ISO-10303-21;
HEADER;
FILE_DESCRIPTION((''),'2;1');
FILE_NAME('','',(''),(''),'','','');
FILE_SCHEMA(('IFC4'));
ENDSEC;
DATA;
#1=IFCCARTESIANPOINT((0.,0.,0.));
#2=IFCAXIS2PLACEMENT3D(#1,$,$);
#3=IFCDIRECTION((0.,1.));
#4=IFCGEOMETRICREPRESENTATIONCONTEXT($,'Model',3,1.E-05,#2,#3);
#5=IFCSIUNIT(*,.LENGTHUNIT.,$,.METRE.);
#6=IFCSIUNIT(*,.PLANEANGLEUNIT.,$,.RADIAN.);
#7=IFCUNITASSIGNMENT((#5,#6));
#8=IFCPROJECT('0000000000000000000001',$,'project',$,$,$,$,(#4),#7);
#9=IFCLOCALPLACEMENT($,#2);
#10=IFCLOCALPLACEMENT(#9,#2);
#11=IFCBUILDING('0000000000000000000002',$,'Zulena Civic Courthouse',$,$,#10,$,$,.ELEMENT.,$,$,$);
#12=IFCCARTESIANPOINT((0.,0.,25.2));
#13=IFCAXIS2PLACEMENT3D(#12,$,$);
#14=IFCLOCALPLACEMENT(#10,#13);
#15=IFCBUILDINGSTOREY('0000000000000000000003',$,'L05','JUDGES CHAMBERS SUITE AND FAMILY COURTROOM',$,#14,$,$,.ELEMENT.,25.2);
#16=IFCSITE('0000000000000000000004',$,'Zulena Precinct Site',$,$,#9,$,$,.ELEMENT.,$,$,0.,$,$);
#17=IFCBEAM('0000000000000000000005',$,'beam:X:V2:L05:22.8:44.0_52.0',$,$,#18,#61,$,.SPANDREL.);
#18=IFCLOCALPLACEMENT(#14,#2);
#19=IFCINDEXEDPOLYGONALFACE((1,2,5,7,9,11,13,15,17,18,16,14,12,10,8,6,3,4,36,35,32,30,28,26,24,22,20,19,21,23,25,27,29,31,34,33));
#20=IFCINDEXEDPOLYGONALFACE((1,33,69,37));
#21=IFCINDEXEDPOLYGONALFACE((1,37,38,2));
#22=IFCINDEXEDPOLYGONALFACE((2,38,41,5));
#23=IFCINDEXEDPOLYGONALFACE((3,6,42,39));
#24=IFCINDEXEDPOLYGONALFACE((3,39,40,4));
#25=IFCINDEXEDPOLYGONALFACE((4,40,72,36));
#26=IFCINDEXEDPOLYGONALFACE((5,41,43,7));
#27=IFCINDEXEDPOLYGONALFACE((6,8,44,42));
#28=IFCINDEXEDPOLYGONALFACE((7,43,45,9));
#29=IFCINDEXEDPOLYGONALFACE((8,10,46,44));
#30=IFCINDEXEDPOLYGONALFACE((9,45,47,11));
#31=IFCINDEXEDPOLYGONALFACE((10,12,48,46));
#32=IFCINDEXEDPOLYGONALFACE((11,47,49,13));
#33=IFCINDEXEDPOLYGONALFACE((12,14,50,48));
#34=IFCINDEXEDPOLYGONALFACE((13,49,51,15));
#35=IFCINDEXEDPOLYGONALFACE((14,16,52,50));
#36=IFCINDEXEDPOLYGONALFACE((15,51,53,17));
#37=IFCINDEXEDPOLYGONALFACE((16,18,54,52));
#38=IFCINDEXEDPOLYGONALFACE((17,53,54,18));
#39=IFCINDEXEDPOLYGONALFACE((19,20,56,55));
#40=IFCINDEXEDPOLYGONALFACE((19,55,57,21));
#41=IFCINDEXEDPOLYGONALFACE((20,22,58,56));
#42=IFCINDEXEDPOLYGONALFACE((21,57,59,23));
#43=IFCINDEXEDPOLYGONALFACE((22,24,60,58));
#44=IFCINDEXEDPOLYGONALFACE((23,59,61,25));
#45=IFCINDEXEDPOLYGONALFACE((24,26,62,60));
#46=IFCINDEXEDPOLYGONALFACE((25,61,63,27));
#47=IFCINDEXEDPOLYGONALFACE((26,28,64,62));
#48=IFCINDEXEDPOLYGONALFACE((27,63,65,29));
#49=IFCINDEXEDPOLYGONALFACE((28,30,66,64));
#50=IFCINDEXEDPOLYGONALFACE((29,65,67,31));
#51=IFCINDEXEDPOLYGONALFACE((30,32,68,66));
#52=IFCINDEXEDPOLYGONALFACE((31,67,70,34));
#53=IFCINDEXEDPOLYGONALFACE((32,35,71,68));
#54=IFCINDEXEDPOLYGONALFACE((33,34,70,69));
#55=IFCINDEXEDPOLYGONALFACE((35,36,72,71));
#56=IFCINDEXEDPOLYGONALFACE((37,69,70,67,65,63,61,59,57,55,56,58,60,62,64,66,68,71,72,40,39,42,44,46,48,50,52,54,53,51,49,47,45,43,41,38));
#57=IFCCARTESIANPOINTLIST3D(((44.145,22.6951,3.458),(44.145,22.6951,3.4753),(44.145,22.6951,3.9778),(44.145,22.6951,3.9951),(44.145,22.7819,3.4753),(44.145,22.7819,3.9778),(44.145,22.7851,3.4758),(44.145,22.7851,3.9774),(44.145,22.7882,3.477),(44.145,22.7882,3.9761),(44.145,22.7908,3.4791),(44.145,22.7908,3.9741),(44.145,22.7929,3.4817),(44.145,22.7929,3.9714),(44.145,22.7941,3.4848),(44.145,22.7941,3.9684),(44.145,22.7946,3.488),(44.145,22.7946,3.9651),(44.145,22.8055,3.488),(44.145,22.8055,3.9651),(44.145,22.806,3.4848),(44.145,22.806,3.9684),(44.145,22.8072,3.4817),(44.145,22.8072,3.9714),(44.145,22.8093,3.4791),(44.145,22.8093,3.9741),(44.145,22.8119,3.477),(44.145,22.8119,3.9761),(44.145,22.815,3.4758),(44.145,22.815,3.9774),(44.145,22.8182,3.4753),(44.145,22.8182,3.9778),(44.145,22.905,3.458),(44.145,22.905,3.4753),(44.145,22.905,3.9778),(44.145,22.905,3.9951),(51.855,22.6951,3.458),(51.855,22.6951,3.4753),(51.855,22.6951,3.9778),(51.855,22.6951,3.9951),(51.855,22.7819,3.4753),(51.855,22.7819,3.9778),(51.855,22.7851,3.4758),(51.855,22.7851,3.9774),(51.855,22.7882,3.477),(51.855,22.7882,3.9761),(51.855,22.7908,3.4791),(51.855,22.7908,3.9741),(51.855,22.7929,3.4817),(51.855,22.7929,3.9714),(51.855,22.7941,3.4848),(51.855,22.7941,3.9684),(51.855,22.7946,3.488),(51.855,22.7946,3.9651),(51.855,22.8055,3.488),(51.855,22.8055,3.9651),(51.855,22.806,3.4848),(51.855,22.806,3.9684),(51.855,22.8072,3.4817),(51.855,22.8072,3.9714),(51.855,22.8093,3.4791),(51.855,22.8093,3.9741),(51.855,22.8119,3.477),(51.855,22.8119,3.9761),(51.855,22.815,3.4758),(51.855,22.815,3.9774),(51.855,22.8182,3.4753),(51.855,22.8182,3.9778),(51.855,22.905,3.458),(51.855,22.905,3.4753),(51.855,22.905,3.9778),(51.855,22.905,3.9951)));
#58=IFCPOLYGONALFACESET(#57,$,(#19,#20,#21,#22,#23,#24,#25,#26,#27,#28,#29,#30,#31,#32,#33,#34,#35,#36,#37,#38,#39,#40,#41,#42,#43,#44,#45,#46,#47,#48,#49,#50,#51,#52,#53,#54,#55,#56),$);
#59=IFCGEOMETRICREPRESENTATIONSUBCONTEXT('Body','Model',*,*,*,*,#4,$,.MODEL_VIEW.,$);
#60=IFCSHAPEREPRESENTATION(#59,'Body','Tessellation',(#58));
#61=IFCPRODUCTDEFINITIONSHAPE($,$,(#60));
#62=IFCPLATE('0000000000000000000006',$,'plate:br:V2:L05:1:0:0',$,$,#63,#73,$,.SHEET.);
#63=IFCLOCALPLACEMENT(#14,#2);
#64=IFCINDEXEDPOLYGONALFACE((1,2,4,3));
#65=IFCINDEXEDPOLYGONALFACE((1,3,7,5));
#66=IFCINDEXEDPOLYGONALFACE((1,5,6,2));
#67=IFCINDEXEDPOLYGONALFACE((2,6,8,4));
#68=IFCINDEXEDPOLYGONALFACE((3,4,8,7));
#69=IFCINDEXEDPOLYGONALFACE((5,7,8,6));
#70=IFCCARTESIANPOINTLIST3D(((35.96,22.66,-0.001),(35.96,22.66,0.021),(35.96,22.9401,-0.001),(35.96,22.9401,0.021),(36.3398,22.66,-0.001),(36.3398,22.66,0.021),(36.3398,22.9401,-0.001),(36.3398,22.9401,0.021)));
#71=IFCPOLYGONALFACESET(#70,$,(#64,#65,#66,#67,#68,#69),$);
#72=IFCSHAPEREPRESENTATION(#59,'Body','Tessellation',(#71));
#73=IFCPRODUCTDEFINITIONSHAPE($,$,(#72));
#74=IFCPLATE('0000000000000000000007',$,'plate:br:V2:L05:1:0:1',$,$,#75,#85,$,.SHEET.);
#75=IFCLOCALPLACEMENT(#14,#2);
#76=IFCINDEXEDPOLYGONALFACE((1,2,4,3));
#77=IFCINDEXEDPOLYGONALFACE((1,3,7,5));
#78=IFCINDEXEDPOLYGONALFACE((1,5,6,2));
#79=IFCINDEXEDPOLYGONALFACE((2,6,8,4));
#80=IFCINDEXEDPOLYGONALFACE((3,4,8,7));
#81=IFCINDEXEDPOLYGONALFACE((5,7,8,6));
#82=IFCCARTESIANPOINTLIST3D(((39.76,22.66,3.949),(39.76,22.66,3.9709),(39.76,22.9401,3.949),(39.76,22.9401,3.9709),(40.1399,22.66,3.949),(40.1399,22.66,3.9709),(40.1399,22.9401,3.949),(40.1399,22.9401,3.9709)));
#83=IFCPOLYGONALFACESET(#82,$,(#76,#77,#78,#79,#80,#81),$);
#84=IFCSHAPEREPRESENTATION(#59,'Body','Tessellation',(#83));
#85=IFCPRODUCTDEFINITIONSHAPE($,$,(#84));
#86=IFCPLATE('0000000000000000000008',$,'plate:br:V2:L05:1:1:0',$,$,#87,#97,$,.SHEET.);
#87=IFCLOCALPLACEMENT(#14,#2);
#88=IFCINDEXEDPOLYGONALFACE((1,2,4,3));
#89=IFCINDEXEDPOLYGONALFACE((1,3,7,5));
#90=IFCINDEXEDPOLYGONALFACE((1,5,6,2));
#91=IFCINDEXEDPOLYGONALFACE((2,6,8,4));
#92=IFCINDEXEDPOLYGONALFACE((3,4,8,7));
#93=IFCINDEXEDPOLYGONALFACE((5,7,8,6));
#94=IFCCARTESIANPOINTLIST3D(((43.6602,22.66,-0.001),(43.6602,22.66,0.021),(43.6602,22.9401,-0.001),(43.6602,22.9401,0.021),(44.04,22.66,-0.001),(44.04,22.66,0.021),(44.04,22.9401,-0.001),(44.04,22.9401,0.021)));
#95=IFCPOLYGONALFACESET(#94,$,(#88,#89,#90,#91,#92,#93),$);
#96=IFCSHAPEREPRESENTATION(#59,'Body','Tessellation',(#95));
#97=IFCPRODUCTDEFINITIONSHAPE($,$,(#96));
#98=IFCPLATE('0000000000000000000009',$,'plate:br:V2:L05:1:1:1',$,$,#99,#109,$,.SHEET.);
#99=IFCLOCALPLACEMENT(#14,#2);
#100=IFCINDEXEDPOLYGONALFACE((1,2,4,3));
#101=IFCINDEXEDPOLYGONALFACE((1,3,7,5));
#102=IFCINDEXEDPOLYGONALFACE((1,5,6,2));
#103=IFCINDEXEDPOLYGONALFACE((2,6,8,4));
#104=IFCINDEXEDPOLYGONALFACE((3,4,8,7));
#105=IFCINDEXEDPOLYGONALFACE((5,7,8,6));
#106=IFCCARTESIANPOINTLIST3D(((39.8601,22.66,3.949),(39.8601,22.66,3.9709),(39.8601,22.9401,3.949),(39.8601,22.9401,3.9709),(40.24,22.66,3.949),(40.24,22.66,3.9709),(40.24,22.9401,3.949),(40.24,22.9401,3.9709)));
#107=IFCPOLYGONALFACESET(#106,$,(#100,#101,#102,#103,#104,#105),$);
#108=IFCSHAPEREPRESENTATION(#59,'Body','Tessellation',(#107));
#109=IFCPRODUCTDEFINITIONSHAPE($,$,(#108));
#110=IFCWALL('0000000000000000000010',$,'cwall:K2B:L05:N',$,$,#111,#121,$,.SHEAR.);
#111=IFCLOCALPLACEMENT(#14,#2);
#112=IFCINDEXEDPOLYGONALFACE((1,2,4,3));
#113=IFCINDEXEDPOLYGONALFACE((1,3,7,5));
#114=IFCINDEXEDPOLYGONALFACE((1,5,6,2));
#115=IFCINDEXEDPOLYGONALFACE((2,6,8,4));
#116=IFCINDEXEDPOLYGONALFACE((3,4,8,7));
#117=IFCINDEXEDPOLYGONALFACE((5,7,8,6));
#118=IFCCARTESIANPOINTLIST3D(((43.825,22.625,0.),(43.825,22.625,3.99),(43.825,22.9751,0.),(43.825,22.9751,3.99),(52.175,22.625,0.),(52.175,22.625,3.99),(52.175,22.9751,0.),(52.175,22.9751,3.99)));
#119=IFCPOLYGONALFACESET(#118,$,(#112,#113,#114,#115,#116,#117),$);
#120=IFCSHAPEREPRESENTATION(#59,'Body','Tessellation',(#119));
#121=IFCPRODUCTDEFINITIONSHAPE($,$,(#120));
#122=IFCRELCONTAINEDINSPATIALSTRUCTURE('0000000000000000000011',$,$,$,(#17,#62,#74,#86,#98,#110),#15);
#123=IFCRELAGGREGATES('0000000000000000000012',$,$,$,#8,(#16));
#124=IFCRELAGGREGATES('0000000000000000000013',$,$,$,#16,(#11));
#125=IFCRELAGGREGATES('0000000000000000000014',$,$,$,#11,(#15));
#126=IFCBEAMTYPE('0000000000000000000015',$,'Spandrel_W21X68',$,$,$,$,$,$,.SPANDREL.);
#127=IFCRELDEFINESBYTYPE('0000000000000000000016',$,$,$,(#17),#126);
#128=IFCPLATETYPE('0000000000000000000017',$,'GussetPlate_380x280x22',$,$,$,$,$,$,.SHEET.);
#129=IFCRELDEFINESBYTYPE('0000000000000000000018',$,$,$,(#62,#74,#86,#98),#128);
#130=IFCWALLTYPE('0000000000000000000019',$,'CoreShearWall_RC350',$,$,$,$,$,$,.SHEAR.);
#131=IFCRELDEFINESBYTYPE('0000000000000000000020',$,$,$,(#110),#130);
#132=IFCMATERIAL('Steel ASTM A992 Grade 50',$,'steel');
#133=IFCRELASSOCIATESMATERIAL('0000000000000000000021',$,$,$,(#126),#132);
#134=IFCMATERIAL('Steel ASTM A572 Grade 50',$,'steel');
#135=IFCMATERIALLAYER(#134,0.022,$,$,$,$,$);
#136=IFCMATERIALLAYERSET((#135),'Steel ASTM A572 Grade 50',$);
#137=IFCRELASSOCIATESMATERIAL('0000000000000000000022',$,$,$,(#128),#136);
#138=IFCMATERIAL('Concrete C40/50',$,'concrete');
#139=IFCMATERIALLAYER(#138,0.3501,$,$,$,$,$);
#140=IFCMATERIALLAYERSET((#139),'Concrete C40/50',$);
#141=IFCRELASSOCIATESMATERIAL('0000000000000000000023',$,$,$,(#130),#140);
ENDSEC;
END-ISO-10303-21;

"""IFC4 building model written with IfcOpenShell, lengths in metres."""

from ifc_helpers import new_model, si_unit, direction, frame, frame_2d, origin, origin_2d, place, context, subcontext, project, spatial, rectangle, i_section, extrude, material, layer, layer_set, material_profile, profile_set, type_object, element, save


model = new_model("IFC4")

# Units and contexts
model_context = context("Model", 3, precision=1e-05, world=origin(), true_north=direction((0.0, 1.0)))
body_context = subcontext(model_context, "Body", "Model", "MODEL_VIEW")
ifc_project = project(units=[si_unit("LENGTHUNIT", "METRE"), si_unit("PLANEANGLEUNIT", "RADIAN")], contexts=[model_context])

# Site, building, storey
site_placement = place(None, origin())
site = spatial("IfcSite", under=ifc_project, at=site_placement, Name="Zulena Precinct Site", CompositionType="ELEMENT", RefElevation=0.0)
building_placement = place(site_placement, origin())
building = spatial("IfcBuilding", under=site, at=building_placement, Name="Zulena Civic Courthouse", CompositionType="ELEMENT")
storey_placement = place(building_placement, frame((0.0, 0.0, 25.2)))
storey = spatial("IfcBuildingStorey", under=building, at=storey_placement, Name="L05", Description="JUDGES CHAMBERS SUITE AND FAMILY COURTROOM", CompositionType="ELEMENT", Elevation=25.2)

# Shared definitions
ifc_material_1 = material(Name="Steel ASTM A992 Grade 50", Category="steel")

# Beam
ifc_material_profile_1 = material_profile(ifc_material_1, i_section(OverallWidth=0.21, OverallDepth=0.5371, WebThickness=0.011, FlangeThickness=0.0173, FilletRadius=0.0127, at=origin_2d()), Name="W21X68")
ifc_profile_set_1 = profile_set([ifc_material_profile_1], Name="Steel ASTM A992 Grade 50")
beam_type_1 = type_object("IfcBeamType", Name="Spandrel_W21X68", PredefinedType="SPANDREL", material=ifc_profile_set_1)
for number, where, z_axis, x_axis, name in (
    (1, (44.145, 22.8, 3.7266), (1.0, 0.0, 0.0), (0.0, 1.0, 0.0), "beam:X:V2:L05:22.8:44.0_52.0"),
):
    element("IfcBeam", number, at=place(storey_placement, frame(where, z_axis=z_axis, x_axis=x_axis)), inside=storey, type_object=beam_type_1, Name=name, PredefinedType="SPANDREL", context=body_context, shape_type="SweptSolid", body=[
        extrude(i_section(OverallWidth=0.21, OverallDepth=0.5371, WebThickness=0.011, FlangeThickness=0.0173, FilletRadius=0.0127, at=origin_2d()), origin(), (0.0, 0.0, 1.0), 7.71),
    ])

# Plates
ifc_material_2 = material(Name="Steel ASTM A572 Grade 50", Category="steel")
ifc_layer_1 = layer(ifc_material_2, 0.022)
ifc_layer_set_1 = layer_set([ifc_layer_1], Name="Steel ASTM A572 Grade 50")
plate_type = type_object("IfcPlateType", Name="GussetPlate_380x280x22", PredefinedType="SHEET", material=ifc_layer_set_1)
for number, where, z_axis, x_axis, name in (
    (2, (36.1499, 22.8, -0.001), (0.0, 0.0, 1.0), (1.0, 0.0, 0.0), "plate:br:V2:L05:1:0:0"),
    (3, (39.95, 22.8, 3.949), (0.0, 0.0, 1.0), (1.0, 0.0, 0.0), "plate:br:V2:L05:1:0:1"),
    (4, (43.8501, 22.8, -0.001), (0.0, 0.0, 1.0), (1.0, 0.0, 0.0), "plate:br:V2:L05:1:1:0"),
    (5, (40.05, 22.8, 3.949), (0.0, 0.0, 1.0), (1.0, 0.0, 0.0), "plate:br:V2:L05:1:1:1"),
):
    element("IfcPlate", number, at=place(storey_placement, frame(where, z_axis=z_axis, x_axis=x_axis)), inside=storey, type_object=plate_type, Name=name, PredefinedType="SHEET", context=body_context, shape_type="SweptSolid", body=[
        extrude(rectangle(XDim=0.3799, YDim=0.28, at=origin_2d()), origin(), (0.0, 0.0, 1.0), 0.022),
    ])

# Wall
ifc_material_3 = material(Name="Concrete C40/50", Category="concrete")
ifc_layer_2 = layer(ifc_material_3, 0.3501)
ifc_layer_set_2 = layer_set([ifc_layer_2], Name="Concrete C40/50")
wall_type = type_object("IfcWallType", Name="CoreShearWall_RC350", PredefinedType="SHEAR", material=ifc_layer_set_2)
wall_placement = place(storey_placement, frame((43.825, 22.8, 0.0), z_axis=(0.0, 0.0, 1.0), x_axis=(1.0, 0.0, 0.0)))
element("IfcWall", 6, at=wall_placement, inside=storey, type_object=wall_type, Name="cwall:K2B:L05:N", PredefinedType="SHEAR", context=body_context, shape_type="SweptSolid", body=[
    extrude(rectangle(XDim=8.3501, YDim=0.3501, at=frame_2d((4.175, 0.0))), origin(), (0.0, 0.0, 1.0), 3.99),
])

save(model, "model.ifc")
